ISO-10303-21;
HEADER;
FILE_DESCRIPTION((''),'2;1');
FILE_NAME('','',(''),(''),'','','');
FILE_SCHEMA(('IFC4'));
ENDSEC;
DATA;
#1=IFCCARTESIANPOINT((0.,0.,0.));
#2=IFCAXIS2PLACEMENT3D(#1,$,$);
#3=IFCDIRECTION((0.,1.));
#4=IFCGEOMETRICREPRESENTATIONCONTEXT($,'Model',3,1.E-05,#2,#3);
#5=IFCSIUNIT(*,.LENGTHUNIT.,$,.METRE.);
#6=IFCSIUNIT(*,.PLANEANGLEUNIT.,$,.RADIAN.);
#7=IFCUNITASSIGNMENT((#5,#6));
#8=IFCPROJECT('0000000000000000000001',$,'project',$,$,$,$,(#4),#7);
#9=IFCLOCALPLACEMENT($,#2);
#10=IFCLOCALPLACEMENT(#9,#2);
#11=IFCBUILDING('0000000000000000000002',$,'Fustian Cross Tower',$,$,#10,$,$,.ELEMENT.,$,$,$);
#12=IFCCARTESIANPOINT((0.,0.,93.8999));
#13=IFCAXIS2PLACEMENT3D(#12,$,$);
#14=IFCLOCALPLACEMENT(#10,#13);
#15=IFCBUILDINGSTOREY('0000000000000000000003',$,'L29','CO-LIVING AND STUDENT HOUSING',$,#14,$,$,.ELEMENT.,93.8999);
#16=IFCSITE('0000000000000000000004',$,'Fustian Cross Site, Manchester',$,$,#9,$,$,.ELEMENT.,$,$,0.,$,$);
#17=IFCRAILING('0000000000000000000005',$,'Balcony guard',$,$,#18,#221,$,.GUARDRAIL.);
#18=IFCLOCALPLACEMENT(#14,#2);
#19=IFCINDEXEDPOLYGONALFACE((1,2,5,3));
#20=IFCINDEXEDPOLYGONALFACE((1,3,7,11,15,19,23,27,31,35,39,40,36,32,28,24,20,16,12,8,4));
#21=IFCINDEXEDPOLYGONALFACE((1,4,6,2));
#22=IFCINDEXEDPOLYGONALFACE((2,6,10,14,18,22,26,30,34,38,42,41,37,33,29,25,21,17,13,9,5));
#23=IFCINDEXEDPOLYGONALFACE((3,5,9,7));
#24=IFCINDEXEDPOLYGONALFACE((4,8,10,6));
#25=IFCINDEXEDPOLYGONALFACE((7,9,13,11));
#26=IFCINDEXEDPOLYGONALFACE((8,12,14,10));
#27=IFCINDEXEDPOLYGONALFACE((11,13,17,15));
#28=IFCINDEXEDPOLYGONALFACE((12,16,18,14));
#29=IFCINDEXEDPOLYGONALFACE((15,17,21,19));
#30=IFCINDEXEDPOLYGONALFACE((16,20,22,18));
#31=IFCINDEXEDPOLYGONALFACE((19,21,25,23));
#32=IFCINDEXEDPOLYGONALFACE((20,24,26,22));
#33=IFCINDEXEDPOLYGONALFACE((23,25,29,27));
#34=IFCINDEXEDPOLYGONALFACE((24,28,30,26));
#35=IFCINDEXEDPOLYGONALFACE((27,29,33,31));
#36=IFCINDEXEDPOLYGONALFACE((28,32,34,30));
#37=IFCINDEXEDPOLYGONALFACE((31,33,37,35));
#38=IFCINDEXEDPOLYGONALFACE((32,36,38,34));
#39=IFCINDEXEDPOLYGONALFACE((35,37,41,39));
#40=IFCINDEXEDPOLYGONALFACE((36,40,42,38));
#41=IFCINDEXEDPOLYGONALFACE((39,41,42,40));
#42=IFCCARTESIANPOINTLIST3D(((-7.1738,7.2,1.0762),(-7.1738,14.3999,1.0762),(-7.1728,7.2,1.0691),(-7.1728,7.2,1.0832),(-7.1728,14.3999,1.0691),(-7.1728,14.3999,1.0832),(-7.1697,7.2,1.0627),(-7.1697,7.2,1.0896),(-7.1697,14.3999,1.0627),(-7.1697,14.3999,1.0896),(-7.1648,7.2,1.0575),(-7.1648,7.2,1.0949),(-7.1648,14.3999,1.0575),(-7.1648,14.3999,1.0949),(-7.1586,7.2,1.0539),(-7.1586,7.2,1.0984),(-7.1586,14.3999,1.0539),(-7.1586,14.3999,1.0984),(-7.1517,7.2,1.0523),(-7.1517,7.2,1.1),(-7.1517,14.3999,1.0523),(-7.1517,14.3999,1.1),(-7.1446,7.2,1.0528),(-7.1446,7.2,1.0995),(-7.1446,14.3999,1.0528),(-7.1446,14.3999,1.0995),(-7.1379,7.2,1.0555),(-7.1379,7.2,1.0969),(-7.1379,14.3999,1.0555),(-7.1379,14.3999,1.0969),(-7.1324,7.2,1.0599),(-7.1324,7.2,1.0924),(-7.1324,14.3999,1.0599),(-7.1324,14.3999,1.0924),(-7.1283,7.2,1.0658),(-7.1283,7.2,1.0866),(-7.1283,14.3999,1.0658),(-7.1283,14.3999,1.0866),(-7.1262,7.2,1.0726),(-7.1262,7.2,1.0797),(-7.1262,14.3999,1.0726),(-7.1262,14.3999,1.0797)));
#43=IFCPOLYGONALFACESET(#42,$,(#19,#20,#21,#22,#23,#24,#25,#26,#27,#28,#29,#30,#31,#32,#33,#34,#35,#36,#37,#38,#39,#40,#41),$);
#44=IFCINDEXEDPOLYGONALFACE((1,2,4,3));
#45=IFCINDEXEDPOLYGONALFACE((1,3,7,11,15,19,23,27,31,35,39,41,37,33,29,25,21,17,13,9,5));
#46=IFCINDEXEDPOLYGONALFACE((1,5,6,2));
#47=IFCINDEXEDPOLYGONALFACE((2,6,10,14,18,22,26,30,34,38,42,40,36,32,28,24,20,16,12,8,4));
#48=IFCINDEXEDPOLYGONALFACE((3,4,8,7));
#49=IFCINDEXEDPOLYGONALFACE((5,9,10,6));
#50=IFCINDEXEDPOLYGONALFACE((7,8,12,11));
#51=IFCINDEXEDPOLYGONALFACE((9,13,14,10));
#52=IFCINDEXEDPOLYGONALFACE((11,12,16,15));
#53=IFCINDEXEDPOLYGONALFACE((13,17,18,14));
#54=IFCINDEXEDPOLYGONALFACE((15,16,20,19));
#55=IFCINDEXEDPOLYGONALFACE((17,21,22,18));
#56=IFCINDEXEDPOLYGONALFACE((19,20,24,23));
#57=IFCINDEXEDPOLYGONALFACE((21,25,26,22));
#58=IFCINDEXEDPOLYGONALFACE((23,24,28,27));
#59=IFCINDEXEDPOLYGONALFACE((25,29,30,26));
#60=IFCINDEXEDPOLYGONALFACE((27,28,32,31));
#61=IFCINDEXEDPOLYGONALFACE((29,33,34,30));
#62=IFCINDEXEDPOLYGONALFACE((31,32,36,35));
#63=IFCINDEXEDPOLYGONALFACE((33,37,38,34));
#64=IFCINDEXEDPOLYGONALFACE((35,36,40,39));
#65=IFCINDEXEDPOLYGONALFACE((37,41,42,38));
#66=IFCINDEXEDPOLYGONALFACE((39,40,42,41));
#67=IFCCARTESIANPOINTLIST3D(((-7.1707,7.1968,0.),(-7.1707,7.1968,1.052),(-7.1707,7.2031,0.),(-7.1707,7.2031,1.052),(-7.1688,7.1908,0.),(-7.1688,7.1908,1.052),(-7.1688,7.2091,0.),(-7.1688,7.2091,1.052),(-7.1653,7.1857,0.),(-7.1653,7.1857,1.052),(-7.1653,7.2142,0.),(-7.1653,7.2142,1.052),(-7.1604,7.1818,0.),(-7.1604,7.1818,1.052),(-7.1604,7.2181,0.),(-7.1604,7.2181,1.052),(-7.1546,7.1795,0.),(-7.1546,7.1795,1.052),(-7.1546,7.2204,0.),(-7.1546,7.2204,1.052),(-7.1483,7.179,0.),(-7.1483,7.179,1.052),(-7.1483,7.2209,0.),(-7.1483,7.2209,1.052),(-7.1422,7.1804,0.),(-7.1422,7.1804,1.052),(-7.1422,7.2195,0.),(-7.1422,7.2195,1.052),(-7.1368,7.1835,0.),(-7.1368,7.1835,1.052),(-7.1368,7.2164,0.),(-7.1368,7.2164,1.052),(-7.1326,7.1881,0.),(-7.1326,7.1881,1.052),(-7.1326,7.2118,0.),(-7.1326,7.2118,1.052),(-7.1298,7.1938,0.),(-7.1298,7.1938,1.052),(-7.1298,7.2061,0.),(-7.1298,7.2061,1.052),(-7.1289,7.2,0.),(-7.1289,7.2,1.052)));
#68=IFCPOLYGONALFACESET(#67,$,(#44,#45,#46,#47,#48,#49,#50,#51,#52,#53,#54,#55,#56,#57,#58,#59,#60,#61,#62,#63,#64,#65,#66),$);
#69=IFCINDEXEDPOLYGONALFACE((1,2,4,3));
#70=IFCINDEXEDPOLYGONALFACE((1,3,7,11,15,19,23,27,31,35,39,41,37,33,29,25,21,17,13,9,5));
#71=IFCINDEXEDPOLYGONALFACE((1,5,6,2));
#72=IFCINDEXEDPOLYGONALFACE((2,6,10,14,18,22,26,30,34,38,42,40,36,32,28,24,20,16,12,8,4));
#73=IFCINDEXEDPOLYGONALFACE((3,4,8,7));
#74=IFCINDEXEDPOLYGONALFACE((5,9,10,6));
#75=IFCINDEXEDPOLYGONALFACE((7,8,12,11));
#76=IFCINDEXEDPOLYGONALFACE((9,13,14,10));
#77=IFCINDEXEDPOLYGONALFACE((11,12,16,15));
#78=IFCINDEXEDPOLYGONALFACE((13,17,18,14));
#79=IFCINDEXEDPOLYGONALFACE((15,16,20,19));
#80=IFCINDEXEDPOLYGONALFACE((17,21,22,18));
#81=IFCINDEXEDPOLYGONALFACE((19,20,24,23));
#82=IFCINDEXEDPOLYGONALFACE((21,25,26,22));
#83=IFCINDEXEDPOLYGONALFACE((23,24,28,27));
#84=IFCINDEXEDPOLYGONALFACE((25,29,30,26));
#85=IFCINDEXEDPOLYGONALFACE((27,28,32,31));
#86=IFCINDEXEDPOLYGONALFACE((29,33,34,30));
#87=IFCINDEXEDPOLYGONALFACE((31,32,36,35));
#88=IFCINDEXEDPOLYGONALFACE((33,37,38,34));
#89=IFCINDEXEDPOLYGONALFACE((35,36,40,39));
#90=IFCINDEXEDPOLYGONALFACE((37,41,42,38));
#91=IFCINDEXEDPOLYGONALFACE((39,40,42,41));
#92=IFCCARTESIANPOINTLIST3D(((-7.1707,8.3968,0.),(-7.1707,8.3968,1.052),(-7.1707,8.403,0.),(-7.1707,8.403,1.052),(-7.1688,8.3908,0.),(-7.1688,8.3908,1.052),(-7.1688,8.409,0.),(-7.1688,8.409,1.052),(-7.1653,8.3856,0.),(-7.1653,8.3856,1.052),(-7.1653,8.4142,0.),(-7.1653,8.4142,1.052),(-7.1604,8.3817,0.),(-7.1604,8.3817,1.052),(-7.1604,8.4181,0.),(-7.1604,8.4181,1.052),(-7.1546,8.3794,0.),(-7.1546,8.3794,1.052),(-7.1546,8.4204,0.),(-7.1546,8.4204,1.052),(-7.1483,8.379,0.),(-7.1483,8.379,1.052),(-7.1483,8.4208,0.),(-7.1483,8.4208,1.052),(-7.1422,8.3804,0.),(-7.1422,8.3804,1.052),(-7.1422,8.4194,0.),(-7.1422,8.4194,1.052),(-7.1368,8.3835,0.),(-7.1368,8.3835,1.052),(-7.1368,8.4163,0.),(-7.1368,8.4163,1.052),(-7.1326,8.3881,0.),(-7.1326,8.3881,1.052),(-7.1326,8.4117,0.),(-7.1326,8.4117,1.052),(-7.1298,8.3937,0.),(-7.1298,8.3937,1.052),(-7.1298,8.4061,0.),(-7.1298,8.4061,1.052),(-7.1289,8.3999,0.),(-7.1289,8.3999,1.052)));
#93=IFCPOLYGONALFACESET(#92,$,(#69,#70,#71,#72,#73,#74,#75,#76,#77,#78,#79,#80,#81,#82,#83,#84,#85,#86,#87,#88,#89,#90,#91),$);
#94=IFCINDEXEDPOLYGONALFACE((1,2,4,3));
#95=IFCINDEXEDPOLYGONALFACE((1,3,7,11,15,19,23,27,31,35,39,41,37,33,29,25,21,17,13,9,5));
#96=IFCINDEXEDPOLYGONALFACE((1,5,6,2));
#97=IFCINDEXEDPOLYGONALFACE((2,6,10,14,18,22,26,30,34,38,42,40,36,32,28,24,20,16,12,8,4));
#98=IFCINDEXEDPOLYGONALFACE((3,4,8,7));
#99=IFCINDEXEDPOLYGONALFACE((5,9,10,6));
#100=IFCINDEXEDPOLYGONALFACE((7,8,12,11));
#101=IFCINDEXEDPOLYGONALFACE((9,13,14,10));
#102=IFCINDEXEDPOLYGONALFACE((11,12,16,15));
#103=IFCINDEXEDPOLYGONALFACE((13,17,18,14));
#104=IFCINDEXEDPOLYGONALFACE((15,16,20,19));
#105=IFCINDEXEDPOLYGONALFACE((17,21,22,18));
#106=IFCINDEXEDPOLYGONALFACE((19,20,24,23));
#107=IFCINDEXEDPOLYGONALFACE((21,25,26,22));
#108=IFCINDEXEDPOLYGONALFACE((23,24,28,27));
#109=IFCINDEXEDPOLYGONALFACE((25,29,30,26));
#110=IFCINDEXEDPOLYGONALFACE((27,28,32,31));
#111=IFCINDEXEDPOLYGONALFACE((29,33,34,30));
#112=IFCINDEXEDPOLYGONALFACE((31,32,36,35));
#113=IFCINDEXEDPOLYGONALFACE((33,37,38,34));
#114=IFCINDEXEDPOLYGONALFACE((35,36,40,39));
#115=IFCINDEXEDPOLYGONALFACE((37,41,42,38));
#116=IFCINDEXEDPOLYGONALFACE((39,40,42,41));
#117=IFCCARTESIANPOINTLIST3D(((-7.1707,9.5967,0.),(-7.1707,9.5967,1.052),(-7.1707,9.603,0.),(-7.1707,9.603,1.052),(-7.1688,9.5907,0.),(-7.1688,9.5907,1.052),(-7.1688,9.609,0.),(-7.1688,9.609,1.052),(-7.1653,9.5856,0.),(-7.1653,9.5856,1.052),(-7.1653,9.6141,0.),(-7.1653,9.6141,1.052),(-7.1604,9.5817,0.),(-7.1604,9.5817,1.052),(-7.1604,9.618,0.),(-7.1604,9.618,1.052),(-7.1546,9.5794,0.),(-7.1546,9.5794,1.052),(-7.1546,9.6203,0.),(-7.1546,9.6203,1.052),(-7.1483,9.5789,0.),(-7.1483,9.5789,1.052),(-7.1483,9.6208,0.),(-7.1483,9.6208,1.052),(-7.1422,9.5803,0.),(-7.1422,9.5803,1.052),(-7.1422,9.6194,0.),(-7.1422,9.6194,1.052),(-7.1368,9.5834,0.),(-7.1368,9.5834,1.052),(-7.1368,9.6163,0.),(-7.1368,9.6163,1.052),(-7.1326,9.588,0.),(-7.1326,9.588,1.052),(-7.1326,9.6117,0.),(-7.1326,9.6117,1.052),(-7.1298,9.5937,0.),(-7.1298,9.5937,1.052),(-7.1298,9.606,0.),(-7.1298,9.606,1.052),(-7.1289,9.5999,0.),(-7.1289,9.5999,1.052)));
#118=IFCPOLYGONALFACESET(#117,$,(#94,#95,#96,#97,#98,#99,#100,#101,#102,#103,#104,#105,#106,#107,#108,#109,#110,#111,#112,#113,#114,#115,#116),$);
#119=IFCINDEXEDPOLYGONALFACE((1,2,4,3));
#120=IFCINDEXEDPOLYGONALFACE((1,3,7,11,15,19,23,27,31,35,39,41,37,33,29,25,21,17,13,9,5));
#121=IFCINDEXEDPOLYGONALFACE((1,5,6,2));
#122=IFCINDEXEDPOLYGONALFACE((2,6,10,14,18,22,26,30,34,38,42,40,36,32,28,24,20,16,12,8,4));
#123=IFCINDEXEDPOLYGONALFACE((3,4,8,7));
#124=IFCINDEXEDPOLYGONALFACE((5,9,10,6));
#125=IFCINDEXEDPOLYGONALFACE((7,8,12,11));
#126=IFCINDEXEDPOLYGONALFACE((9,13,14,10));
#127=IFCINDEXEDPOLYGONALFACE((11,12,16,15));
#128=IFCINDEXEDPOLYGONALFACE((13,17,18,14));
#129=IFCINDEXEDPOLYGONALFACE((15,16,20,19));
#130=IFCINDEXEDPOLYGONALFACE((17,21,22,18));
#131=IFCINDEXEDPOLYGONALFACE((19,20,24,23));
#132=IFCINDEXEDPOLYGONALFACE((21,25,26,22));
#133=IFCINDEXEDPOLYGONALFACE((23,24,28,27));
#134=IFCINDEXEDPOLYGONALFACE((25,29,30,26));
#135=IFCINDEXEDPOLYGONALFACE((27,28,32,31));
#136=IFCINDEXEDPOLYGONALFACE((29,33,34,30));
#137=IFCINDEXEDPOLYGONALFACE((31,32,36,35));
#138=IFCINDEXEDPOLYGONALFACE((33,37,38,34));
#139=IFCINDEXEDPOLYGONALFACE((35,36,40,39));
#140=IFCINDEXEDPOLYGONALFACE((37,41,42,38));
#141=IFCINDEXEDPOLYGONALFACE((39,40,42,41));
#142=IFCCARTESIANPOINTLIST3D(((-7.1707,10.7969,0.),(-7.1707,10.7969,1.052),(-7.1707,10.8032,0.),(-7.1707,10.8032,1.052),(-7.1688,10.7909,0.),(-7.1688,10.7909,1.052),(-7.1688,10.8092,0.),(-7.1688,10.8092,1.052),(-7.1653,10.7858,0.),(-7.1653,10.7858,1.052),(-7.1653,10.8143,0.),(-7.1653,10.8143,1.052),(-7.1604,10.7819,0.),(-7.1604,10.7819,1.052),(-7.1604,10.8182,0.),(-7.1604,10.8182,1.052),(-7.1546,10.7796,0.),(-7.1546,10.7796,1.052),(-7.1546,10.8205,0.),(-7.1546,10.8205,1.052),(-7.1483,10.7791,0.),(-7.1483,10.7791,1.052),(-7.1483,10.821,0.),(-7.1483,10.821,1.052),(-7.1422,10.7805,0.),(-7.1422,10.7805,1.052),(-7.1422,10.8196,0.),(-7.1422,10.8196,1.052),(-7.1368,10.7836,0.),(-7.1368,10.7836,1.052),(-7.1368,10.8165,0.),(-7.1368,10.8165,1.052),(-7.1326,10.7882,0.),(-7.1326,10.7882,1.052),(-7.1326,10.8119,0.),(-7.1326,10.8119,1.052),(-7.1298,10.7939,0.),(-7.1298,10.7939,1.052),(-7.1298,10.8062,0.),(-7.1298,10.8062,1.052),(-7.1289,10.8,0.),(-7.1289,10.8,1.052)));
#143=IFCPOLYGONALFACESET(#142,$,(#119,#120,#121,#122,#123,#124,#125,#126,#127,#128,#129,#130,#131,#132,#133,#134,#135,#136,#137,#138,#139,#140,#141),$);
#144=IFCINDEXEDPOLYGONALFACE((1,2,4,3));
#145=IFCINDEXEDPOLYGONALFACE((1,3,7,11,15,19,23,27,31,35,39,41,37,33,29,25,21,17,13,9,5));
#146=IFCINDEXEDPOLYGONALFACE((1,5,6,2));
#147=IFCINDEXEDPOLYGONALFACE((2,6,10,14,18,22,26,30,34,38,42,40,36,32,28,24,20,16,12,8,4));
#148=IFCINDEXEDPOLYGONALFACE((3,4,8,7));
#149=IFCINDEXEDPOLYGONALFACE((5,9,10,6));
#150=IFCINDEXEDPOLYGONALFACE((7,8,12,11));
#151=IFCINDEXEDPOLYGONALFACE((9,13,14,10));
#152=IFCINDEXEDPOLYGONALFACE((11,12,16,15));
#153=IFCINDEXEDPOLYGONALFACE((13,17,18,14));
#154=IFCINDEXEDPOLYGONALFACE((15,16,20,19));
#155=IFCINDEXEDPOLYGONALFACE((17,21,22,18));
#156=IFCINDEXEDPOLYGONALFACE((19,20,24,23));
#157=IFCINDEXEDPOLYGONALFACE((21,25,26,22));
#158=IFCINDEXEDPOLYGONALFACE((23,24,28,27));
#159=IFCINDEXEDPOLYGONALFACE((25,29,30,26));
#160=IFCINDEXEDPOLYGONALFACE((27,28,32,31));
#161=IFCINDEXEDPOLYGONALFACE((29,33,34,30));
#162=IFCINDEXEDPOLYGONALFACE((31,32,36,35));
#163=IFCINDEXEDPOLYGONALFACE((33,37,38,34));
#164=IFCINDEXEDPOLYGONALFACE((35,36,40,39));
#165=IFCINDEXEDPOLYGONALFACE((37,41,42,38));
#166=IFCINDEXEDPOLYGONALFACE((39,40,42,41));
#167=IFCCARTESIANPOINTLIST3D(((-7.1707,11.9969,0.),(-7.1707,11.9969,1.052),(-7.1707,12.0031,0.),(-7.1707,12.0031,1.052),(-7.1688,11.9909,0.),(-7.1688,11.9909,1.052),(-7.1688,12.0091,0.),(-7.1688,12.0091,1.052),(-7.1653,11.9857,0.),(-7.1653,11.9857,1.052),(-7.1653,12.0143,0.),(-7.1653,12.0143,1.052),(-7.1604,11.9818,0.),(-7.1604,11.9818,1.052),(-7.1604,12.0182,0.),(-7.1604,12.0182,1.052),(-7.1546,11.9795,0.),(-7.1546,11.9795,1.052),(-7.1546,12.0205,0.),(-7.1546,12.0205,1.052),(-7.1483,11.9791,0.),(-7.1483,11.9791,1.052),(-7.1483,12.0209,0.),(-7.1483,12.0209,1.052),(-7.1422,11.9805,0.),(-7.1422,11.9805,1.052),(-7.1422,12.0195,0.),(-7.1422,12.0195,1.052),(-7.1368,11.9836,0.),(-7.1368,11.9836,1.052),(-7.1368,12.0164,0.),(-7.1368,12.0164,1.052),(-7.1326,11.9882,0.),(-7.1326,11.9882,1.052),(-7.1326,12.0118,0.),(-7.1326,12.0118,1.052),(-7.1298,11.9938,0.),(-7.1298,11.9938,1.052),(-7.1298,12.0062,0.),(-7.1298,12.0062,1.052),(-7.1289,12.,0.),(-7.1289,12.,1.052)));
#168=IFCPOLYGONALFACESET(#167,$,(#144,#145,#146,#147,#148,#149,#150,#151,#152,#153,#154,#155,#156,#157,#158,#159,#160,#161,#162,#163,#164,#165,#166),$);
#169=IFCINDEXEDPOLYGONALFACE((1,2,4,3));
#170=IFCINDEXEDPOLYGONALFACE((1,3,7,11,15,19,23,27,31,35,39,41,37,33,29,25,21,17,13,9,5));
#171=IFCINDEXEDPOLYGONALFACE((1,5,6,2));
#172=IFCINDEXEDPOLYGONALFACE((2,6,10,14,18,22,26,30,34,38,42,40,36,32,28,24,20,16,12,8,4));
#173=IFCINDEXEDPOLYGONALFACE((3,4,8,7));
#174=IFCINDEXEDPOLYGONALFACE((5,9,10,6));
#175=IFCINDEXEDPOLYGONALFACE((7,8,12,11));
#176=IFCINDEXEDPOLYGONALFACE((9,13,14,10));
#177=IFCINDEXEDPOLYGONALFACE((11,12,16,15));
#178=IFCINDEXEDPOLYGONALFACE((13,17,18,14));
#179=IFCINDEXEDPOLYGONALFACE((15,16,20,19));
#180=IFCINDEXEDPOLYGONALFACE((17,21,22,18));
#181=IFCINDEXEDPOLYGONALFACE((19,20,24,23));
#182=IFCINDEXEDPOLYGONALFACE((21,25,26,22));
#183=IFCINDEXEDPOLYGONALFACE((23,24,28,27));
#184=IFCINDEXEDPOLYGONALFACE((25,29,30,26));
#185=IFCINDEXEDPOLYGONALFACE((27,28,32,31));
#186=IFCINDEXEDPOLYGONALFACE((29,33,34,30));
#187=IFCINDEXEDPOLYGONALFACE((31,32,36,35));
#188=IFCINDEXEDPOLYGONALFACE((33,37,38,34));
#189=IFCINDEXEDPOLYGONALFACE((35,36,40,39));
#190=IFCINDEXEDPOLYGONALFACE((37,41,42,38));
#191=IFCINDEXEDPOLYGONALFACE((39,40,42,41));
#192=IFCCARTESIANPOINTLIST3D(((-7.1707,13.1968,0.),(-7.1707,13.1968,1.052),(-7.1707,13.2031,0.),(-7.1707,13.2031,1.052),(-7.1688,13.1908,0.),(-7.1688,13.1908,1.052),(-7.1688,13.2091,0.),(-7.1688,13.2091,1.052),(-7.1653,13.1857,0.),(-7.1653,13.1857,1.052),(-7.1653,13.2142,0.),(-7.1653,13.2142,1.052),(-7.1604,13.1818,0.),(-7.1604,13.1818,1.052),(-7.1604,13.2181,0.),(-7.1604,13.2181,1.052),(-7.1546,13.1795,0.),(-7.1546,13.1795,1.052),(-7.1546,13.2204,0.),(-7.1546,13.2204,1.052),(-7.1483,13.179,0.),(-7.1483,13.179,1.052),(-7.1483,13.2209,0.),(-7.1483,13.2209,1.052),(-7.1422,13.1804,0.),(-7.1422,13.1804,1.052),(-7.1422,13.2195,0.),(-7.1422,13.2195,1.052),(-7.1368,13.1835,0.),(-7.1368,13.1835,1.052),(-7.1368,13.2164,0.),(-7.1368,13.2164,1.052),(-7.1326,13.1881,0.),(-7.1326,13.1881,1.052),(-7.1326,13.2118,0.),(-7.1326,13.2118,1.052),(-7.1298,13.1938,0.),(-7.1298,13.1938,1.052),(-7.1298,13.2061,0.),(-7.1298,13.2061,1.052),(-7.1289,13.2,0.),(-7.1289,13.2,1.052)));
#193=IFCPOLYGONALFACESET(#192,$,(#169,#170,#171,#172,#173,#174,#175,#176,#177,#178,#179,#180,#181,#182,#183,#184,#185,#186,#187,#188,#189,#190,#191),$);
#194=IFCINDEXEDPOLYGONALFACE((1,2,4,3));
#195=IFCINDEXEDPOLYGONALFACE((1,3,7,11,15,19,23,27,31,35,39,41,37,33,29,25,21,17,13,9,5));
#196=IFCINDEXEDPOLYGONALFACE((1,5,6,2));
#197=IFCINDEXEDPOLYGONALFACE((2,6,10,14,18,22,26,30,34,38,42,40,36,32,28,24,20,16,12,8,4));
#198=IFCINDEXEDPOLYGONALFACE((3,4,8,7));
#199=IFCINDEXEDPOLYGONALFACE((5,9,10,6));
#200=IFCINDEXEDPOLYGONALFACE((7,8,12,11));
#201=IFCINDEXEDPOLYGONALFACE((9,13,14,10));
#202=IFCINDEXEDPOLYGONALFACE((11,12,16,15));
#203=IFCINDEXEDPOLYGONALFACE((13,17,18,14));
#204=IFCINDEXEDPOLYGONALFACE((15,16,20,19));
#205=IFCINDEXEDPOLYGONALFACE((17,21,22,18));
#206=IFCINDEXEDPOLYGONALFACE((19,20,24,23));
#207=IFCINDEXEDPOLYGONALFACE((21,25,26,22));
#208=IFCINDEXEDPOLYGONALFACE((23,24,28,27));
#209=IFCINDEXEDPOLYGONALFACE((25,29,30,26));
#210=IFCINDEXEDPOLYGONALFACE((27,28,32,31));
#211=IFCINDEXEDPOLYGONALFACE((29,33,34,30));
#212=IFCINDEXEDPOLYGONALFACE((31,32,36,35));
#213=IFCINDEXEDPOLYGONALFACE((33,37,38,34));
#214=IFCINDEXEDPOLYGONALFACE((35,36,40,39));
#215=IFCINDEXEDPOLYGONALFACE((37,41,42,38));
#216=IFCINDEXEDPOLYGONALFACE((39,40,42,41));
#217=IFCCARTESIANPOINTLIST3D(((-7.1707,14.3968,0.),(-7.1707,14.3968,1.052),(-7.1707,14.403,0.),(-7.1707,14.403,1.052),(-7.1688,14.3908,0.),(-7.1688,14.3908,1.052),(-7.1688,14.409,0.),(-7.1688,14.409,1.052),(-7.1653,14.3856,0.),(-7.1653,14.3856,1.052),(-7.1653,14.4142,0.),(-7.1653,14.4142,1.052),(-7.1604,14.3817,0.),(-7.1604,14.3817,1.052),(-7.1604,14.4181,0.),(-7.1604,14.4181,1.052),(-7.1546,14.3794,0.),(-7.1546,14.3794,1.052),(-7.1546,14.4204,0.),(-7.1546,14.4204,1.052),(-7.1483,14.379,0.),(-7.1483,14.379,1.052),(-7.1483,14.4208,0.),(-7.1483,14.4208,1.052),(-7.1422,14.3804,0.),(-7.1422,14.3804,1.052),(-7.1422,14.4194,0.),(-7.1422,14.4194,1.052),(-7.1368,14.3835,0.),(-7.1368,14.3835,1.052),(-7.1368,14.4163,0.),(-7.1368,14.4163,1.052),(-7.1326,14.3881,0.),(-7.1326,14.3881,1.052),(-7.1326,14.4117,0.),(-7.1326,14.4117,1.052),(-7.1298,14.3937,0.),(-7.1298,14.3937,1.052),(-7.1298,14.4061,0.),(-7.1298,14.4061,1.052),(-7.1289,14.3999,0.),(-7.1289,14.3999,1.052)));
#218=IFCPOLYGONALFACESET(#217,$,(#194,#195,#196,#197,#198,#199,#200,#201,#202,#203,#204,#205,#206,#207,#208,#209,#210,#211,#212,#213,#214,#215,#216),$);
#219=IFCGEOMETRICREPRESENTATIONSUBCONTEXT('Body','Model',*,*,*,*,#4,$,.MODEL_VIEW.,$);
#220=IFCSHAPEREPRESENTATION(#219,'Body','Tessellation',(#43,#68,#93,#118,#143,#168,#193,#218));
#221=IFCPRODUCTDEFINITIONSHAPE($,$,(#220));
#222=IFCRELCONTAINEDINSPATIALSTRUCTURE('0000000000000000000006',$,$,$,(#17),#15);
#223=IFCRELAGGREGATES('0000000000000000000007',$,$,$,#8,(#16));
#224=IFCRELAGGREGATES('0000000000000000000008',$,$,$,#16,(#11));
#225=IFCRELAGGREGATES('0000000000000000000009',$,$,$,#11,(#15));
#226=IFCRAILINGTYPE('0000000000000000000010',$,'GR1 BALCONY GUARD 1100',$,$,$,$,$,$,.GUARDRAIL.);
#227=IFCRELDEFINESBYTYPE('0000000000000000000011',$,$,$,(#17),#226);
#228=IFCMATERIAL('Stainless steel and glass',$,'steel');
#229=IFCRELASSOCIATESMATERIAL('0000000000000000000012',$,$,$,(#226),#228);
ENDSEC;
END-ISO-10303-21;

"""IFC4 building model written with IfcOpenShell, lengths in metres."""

from ifc_helpers import new_model, si_unit, direction, frame, origin, origin_2d, place, context, subcontext, project, spatial, circle, extrude, material, type_object, element, save


model = new_model("IFC4")

# Units and contexts
model_context = context("Model", 3, precision=1e-05, world=origin(), true_north=direction((0.0, 1.0)))
body_context = subcontext(model_context, "Body", "Model", "MODEL_VIEW")
ifc_project = project(units=[si_unit("LENGTHUNIT", "METRE"), si_unit("PLANEANGLEUNIT", "RADIAN")], contexts=[model_context])

# Site, building, storey
site_placement = place(None, origin())
site = spatial("IfcSite", under=ifc_project, at=site_placement, Name="Fustian Cross Site, Manchester", CompositionType="ELEMENT", RefElevation=0.0)
building_placement = place(site_placement, origin())
building = spatial("IfcBuilding", under=site, at=building_placement, Name="Fustian Cross Tower", CompositionType="ELEMENT")
storey_placement = place(building_placement, frame((0.0, 0.0, 93.8999)))
storey = spatial("IfcBuildingStorey", under=building, at=storey_placement, Name="L29", Description="CO-LIVING AND STUDENT HOUSING", CompositionType="ELEMENT", Elevation=93.8999)

# Railing
ifc_material_1 = material(Name="Stainless steel and glass", Category="steel")
railing_type = type_object("IfcRailingType", Name="GR1 BALCONY GUARD 1100", PredefinedType="GUARDRAIL", material=ifc_material_1)
railing_placement = place(storey_placement, frame((-7.1499, 7.2, 0.0)))
element("IfcRailing", 1, at=railing_placement, inside=storey, type_object=railing_type, Name="Balcony guard", PredefinedType="GUARDRAIL", context=body_context, shape_type="SweptSolid", body=[
    extrude(circle(Radius=0.0239, at=origin_2d()), frame((0.0, 0.0, 1.0762), z_axis=(0.0, 1.0, 0.0), x_axis=(-1.0, 0.0, 0.0)), (0.0, 0.0, 1.0), 7.2),
    extrude(circle(Radius=0.021, at=origin_2d()), origin(), (0.0, 0.0, 1.0), 1.052),
    extrude(circle(Radius=0.021, at=origin_2d()), frame((0.0, 1.2, 0.0)), (0.0, 0.0, 1.0), 1.052),
    extrude(circle(Radius=0.021, at=origin_2d()), frame((0.0, 2.3999, 0.0)), (0.0, 0.0, 1.0), 1.052),
    extrude(circle(Radius=0.021, at=origin_2d()), frame((0.0, 3.6001, 0.0)), (0.0, 0.0, 1.0), 1.052),
    extrude(circle(Radius=0.021, at=origin_2d()), frame((0.0, 4.8, 0.0)), (0.0, 0.0, 1.0), 1.052),
    extrude(circle(Radius=0.021, at=origin_2d()), frame((0.0, 6.0, 0.0)), (0.0, 0.0, 1.0), 1.052),
    extrude(circle(Radius=0.021, at=origin_2d()), frame((0.0, 7.2, 0.0)), (0.0, 0.0, 1.0), 1.052),
])

save(model, "model.ifc")
